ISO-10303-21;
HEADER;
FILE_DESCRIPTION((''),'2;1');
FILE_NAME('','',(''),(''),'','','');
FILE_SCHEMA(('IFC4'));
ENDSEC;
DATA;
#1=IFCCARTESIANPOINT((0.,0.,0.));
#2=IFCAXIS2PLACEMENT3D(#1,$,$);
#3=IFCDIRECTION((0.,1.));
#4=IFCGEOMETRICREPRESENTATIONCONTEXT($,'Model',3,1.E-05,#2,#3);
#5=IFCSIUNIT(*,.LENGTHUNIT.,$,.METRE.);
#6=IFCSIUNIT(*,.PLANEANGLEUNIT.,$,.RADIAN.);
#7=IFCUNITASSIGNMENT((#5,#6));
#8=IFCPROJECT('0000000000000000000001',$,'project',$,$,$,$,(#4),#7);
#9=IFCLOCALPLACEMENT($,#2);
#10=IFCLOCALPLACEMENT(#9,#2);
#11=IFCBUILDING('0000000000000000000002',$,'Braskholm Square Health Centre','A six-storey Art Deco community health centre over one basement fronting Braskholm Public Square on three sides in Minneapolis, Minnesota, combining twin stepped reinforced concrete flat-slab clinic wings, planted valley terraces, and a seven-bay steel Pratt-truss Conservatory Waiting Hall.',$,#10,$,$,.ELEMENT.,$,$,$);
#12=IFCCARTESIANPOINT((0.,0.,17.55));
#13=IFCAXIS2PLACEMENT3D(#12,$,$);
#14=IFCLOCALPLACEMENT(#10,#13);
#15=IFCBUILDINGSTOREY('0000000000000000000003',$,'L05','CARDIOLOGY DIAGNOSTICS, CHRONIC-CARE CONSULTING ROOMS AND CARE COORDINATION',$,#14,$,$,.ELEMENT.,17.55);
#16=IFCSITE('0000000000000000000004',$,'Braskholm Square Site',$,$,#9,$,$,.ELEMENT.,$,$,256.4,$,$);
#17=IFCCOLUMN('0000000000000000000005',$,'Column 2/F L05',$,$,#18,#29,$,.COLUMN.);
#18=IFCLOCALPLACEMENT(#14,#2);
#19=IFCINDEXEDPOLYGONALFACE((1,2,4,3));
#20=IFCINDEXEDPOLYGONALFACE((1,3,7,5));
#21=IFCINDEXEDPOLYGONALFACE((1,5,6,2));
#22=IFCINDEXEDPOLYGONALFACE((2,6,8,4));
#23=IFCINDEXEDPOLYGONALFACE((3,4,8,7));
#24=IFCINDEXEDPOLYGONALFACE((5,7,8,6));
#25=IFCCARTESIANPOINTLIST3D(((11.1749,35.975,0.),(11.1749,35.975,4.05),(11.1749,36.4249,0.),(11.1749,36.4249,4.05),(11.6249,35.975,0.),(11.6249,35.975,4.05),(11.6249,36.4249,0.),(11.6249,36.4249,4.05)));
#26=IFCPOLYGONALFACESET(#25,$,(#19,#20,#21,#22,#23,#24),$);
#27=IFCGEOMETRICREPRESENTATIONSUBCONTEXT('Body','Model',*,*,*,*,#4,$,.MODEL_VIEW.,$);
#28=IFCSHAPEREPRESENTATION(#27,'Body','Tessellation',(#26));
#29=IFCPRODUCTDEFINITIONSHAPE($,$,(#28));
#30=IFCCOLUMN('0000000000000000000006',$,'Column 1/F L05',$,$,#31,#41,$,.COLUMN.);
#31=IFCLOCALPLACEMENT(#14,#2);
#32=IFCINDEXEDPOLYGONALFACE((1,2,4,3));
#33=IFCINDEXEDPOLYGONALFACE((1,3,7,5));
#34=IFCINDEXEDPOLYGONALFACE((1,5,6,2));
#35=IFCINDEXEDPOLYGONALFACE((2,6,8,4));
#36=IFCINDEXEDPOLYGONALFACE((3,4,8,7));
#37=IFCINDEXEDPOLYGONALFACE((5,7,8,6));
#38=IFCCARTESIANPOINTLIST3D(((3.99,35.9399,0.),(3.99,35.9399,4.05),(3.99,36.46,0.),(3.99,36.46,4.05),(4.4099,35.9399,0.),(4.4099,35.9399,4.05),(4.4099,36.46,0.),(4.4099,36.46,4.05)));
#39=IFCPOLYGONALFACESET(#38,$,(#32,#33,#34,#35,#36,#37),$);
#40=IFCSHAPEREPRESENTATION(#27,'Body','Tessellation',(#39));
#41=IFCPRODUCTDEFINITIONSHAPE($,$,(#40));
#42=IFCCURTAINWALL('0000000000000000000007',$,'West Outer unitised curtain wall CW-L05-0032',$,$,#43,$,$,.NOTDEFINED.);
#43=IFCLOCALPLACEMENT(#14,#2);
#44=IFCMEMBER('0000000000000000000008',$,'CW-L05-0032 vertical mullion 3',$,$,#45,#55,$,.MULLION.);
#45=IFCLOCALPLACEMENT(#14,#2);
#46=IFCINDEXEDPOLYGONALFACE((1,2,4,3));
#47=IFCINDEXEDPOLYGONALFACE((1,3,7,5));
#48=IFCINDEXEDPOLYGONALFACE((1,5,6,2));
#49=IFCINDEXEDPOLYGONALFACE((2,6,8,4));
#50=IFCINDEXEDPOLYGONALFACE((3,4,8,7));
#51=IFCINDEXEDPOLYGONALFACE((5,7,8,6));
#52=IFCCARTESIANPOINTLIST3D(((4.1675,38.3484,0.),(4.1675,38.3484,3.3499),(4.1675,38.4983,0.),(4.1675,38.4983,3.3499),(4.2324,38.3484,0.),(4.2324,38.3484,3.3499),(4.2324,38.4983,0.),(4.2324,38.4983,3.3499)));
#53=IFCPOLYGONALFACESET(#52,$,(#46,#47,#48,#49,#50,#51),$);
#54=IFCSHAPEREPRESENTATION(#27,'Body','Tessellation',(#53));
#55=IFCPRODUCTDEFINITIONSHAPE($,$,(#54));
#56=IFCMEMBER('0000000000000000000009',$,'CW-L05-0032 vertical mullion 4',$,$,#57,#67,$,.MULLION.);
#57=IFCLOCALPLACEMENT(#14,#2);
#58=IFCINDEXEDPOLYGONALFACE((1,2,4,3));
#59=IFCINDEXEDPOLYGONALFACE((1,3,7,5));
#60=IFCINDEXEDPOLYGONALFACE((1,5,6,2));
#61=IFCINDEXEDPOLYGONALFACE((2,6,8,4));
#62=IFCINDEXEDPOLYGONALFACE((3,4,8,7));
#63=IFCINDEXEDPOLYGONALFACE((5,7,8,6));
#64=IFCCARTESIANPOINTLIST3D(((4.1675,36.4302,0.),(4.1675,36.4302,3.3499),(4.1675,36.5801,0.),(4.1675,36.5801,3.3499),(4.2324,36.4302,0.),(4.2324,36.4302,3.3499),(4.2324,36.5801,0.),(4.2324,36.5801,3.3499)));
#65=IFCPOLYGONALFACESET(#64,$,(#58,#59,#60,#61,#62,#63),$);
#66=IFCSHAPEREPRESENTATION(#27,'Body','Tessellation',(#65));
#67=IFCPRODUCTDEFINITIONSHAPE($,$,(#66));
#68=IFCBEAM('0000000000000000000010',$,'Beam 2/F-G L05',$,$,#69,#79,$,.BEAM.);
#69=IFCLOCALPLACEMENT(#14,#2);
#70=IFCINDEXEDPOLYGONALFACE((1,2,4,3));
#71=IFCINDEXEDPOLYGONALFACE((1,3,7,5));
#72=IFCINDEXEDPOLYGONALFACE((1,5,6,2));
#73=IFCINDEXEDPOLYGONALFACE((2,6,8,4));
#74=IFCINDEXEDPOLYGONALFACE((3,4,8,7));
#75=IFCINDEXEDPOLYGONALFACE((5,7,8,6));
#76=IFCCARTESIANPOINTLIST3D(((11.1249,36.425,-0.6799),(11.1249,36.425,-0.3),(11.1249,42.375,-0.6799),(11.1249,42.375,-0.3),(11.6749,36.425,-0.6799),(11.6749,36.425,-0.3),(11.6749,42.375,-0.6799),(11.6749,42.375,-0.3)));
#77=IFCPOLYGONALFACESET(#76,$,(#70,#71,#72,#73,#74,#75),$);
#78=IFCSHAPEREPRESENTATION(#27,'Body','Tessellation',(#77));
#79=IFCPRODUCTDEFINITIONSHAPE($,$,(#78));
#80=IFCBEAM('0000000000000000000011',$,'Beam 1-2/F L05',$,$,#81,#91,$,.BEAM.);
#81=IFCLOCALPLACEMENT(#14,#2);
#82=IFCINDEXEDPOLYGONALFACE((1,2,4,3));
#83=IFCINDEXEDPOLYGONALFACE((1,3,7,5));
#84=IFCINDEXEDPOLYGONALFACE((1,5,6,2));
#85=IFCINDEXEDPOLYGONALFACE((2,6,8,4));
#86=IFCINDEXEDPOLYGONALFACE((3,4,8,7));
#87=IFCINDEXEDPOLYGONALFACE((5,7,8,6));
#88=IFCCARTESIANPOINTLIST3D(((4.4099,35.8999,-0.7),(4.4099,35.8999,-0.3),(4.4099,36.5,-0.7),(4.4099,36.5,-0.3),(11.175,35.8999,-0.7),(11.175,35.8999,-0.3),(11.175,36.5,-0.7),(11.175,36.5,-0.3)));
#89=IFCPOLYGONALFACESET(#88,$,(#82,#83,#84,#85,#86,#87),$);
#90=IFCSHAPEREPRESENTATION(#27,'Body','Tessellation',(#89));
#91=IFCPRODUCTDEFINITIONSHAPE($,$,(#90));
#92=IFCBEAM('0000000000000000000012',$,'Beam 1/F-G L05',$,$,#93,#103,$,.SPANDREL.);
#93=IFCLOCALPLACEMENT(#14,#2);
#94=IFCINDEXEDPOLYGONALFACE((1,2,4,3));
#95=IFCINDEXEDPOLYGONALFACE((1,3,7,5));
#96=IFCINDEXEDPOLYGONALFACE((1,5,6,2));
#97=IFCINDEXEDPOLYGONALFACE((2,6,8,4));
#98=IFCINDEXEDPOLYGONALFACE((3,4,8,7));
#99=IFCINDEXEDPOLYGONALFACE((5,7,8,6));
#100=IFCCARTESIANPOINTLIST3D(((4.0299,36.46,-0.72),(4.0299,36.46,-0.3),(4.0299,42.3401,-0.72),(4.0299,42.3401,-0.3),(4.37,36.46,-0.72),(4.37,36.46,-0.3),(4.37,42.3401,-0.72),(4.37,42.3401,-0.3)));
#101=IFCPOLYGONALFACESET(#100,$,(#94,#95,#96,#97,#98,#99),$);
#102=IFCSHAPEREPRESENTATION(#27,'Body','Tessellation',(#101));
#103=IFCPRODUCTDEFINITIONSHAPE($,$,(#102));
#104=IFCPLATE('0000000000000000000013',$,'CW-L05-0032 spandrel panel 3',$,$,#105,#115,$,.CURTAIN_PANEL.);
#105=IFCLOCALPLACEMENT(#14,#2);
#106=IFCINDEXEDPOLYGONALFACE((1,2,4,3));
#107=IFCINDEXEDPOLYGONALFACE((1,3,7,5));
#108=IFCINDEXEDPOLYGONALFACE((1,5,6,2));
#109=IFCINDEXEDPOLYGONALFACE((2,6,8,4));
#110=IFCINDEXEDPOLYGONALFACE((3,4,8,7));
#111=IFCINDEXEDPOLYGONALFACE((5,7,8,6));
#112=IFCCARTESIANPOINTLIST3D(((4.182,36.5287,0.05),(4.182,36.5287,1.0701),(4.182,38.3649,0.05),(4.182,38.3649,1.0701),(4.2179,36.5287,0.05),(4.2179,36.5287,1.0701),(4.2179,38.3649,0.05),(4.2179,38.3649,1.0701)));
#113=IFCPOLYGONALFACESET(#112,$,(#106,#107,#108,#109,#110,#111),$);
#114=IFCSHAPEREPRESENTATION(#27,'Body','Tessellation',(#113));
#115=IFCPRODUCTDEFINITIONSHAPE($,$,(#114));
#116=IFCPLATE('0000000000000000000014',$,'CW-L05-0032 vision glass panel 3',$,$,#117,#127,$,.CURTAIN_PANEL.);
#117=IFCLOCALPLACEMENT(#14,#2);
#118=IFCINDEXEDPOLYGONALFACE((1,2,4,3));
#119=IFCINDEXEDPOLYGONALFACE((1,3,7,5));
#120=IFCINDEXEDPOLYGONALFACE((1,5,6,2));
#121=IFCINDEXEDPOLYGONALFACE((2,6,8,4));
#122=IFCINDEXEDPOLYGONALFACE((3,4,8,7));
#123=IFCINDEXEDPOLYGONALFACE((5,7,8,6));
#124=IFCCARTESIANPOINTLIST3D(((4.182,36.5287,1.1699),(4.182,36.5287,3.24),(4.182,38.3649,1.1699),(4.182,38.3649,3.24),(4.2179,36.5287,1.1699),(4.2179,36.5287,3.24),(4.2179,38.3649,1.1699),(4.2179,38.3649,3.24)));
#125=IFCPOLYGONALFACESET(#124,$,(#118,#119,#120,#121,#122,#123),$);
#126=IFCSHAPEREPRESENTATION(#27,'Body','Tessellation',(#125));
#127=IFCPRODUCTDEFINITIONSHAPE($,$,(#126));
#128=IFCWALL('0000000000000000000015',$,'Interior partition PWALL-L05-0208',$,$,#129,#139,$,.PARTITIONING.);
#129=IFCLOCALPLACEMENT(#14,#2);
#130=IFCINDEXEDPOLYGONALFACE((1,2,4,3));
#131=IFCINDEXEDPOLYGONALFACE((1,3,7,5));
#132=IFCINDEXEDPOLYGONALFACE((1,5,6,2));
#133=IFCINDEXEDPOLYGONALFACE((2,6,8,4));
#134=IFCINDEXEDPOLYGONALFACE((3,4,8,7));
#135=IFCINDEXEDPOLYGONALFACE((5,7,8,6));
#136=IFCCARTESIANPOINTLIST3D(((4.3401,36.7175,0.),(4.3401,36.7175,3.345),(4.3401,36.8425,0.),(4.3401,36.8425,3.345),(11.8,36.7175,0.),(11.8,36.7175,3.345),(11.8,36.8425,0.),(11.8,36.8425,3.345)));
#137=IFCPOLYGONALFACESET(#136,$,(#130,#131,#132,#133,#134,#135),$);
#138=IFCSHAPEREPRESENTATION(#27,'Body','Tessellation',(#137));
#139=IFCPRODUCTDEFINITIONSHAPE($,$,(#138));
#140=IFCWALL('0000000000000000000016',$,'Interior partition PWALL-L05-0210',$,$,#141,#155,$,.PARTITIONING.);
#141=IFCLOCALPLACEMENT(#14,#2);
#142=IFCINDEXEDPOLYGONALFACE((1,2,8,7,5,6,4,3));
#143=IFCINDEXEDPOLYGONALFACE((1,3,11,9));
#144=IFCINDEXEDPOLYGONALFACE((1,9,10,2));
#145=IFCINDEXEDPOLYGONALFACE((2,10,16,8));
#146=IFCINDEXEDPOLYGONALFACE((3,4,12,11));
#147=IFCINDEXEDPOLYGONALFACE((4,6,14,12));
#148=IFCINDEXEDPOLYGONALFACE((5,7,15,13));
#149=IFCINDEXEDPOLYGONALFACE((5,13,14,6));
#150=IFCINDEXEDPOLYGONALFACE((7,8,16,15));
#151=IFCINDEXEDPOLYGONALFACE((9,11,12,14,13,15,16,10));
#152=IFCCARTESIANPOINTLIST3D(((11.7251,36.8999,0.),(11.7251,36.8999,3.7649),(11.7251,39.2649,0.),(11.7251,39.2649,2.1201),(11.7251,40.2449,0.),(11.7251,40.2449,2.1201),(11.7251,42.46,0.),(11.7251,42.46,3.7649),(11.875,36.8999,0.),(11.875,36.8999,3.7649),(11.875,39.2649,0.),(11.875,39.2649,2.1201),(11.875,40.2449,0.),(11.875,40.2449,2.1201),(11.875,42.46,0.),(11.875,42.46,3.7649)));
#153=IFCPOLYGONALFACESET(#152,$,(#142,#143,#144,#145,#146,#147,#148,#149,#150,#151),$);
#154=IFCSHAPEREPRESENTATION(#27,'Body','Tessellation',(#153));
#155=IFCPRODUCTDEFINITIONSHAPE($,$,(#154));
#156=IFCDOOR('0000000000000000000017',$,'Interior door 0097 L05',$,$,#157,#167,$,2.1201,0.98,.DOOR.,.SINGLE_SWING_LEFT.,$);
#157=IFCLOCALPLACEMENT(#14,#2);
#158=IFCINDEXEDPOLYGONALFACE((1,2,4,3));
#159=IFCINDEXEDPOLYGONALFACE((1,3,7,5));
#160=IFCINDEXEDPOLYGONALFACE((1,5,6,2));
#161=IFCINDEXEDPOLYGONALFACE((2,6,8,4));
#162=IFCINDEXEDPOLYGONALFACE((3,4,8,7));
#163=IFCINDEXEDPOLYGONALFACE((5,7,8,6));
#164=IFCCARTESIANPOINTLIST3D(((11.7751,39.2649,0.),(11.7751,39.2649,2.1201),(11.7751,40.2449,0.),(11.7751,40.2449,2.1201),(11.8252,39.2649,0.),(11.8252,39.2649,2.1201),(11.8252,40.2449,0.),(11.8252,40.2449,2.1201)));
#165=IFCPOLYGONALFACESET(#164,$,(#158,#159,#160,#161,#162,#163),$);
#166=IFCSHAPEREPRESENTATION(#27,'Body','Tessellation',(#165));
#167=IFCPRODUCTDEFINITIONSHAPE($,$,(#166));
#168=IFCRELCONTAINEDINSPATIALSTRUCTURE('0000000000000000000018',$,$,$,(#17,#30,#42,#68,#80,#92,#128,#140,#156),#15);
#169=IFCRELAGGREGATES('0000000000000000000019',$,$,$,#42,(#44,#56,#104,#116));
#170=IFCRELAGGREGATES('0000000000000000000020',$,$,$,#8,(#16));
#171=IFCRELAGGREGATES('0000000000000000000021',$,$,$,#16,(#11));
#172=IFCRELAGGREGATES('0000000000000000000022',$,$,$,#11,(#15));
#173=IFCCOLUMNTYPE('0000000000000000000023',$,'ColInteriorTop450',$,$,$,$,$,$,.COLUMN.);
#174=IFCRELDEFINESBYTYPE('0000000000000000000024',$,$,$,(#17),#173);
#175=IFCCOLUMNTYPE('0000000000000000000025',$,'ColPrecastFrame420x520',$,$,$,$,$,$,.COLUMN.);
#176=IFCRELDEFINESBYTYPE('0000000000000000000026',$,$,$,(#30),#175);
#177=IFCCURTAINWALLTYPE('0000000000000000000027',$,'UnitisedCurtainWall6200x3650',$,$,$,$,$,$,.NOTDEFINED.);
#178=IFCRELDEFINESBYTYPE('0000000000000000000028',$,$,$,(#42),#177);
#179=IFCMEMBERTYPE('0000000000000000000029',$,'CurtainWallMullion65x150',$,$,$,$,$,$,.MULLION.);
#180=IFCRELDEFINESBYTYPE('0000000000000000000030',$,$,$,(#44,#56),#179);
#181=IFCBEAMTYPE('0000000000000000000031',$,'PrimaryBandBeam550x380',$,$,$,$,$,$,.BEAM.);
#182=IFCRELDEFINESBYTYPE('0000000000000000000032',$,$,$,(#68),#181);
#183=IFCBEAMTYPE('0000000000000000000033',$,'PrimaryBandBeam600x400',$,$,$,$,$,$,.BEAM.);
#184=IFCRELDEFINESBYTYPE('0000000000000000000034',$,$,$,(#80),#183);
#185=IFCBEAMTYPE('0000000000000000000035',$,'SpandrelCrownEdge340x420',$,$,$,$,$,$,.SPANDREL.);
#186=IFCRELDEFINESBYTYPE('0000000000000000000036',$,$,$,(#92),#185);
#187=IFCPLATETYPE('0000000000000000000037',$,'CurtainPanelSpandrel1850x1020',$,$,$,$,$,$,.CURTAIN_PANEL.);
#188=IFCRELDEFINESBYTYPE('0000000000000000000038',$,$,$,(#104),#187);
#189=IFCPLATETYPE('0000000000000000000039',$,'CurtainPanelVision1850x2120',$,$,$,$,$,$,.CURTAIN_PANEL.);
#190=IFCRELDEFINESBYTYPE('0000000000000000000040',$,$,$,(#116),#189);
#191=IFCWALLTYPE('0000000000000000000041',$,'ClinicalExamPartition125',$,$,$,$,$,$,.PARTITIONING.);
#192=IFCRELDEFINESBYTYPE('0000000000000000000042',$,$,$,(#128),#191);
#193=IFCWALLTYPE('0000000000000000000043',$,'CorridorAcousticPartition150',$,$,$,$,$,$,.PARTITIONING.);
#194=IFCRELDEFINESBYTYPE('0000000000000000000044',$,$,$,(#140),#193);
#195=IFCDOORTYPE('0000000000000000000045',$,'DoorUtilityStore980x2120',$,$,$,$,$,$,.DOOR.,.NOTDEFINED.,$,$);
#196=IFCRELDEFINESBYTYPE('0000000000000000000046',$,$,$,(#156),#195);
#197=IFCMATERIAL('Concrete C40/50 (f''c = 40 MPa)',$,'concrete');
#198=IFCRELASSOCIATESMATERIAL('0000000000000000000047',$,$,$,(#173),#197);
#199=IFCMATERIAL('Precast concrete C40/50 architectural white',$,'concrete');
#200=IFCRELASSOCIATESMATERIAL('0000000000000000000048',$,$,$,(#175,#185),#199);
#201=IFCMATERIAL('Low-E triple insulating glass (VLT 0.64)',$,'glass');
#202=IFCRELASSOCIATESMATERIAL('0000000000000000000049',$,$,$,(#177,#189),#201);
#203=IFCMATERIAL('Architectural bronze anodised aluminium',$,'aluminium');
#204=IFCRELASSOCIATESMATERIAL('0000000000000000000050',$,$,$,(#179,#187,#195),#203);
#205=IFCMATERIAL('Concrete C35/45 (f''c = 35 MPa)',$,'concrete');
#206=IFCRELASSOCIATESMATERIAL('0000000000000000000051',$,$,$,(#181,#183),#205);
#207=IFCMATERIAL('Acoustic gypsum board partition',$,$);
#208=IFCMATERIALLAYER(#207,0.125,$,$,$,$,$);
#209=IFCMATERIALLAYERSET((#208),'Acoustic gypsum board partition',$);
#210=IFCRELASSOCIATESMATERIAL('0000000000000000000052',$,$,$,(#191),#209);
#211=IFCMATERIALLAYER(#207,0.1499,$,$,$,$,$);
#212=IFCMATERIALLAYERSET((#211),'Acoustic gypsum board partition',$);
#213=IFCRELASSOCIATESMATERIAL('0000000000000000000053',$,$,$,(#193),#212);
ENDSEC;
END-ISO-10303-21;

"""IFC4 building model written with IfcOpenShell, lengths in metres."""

from ifc_helpers import new_model, si_unit, direction, frame, frame_2d, origin, origin_with_axes, origin_2d, place, context, subcontext, project, spatial, rectangle, extrude, material, layer, layer_set, material_profile, profile_set, type_object, element, fill, aggregate, save


model = new_model("IFC4")

# Units and contexts
model_context = context("Model", 3, precision=1e-05, world=origin(), true_north=direction((0.0, 1.0)))
body_context = subcontext(model_context, "Body", "Model", "MODEL_VIEW")
ifc_project = project(units=[si_unit("LENGTHUNIT", "METRE"), si_unit("PLANEANGLEUNIT", "RADIAN")], contexts=[model_context])

# Site, building, storey
site_placement = place(None, origin())
site = spatial("IfcSite", under=ifc_project, at=site_placement, Name="Braskholm Square Site", CompositionType="ELEMENT", RefElevation=256.4)
building_placement = place(site_placement, origin())
building = spatial("IfcBuilding", under=site, at=building_placement, Name="Braskholm Square Health Centre", Description="A six-storey Art Deco community health centre over one basement fronting Braskholm Public Square on three sides in Minneapolis, Minnesota, combining twin stepped reinforced concrete flat-slab clinic wings, planted valley terraces, and a seven-bay steel Pratt-truss Conservatory Waiting Hall.", CompositionType="ELEMENT")
storey_placement = place(building_placement, frame((0.0, 0.0, 17.55)))
storey = spatial("IfcBuildingStorey", under=building, at=storey_placement, Name="L05", Description="CARDIOLOGY DIAGNOSTICS, CHRONIC-CARE CONSULTING ROOMS AND CARE COORDINATION", CompositionType="ELEMENT", Elevation=17.55)

# Columns
ifc_material_1 = material(Name="Concrete C40/50 (f'c = 40 MPa)", Category="concrete")
ifc_material_profile_1 = material_profile(ifc_material_1, rectangle(XDim=0.45, YDim=0.45, at=origin_2d()), Name="RC-450X450")
ifc_profile_set_1 = profile_set([ifc_material_profile_1], Name="Concrete C40/50 (f'c = 40 MPa)")
column_type_1 = type_object("IfcColumnType", Name="ColInteriorTop450", PredefinedType="COLUMN", material=ifc_profile_set_1)
column_1_placement = place(storey_placement, frame((11.3999, 36.2, 0.0), z_axis=(0.0, 0.0, 1.0), x_axis=(1.0, 0.0, 0.0)))
element("IfcColumn", 1, at=column_1_placement, inside=storey, type_object=column_type_1, Name="Column 2/F L05", PredefinedType="COLUMN", context=body_context, shape_type="SweptSolid", body=[
    extrude(rectangle(XDim=0.45, YDim=0.45, at=origin_2d()), origin(), (0.0, 0.0, 1.0), 4.05),
])
ifc_material_2 = material(Name="Precast concrete C40/50 architectural white", Category="concrete")
ifc_material_profile_2 = material_profile(ifc_material_2, rectangle(XDim=0.4199, YDim=0.52, at=origin_2d()), Name="RC-420X520")
ifc_profile_set_2 = profile_set([ifc_material_profile_2], Name="Precast concrete C40/50 architectural white")
column_type_2 = type_object("IfcColumnType", Name="ColPrecastFrame420x520", PredefinedType="COLUMN", material=ifc_profile_set_2)
column_2_placement = place(storey_placement, frame((4.2, 36.2, 0.0), z_axis=(0.0, 0.0, 1.0), x_axis=(1.0, 0.0, 0.0)))
element("IfcColumn", 2, at=column_2_placement, inside=storey, type_object=column_type_2, Name="Column 1/F L05", PredefinedType="COLUMN", context=body_context, shape_type="SweptSolid", body=[
    extrude(rectangle(XDim=0.4199, YDim=0.52, at=origin_2d()), origin(), (0.0, 0.0, 1.0), 4.05),
])

# Curtain wall, members
ifc_material_3 = material(Name="Low-E triple insulating glass (VLT 0.64)", Category="glass")
curtain_wall_type = type_object("IfcCurtainWallType", Name="UnitisedCurtainWall6200x3650", PredefinedType="NOTDEFINED", material=ifc_material_3)
curtain_wall_placement = place(storey_placement, origin())
curtain_wall = element("IfcCurtainWall", 3, at=curtain_wall_placement, inside=storey, type_object=curtain_wall_type, Name="West Outer unitised curtain wall CW-L05-0032", PredefinedType="NOTDEFINED")
ifc_material_4 = material(Name="Architectural bronze anodised aluminium", Category="aluminium")
ifc_material_profile_3 = material_profile(ifc_material_4, rectangle(XDim=0.0649, YDim=0.1499, at=origin_2d()), Name="ALU-65X150")
ifc_profile_set_3 = profile_set([ifc_material_profile_3], Name="Architectural bronze anodised aluminium")
member_type = type_object("IfcMemberType", Name="CurtainWallMullion65x150", PredefinedType="MULLION", material=ifc_profile_set_3)
member_1_placement = place(storey_placement, frame((4.2, 38.4233, 0.0), z_axis=(0.0, 0.0, 1.0), x_axis=(1.0, 0.0, 0.0)))
member_1 = element("IfcMember", 4, at=member_1_placement, type_object=member_type, Name="CW-L05-0032 vertical mullion 3", PredefinedType="MULLION", context=body_context, shape_type="SweptSolid", body=[
    extrude(rectangle(XDim=0.0649, YDim=0.1499, at=origin_2d()), origin(), (0.0, 0.0, 1.0), 3.3499),
])
member_2_placement = place(storey_placement, frame((4.2, 36.5051, 0.0), z_axis=(0.0, 0.0, 1.0), x_axis=(1.0, 0.0, 0.0)))
member_2 = element("IfcMember", 5, at=member_2_placement, type_object=member_type, Name="CW-L05-0032 vertical mullion 4", PredefinedType="MULLION", context=body_context, shape_type="SweptSolid", body=[
    extrude(rectangle(XDim=0.0649, YDim=0.1499, at=origin_2d()), origin(), (0.0, 0.0, 1.0), 3.3499),
])

# Beams
ifc_material_5 = material(Name="Concrete C35/45 (f'c = 35 MPa)", Category="concrete")
ifc_material_profile_4 = material_profile(ifc_material_5, rectangle(XDim=0.55, YDim=0.3799, at=origin_2d()), Name="RCB-550X380")
ifc_profile_set_4 = profile_set([ifc_material_profile_4], Name="Concrete C35/45 (f'c = 35 MPa)")
beam_type_1 = type_object("IfcBeamType", Name="PrimaryBandBeam550x380", PredefinedType="BEAM", material=ifc_profile_set_4)
beam_1_placement = place(storey_placement, frame((11.3999, 36.425, -0.49), z_axis=(0.0, 1.0, 0.0), x_axis=(-1.0, 0.0, 0.0)))
element("IfcBeam", 6, at=beam_1_placement, inside=storey, type_object=beam_type_1, Name="Beam 2/F-G L05", PredefinedType="BEAM", context=body_context, shape_type="SweptSolid", body=[
    extrude(rectangle(XDim=0.55, YDim=0.3799, at=origin_2d()), origin(), (0.0, 0.0, 1.0), 5.95),
])
ifc_material_profile_5 = material_profile(ifc_material_5, rectangle(XDim=0.6001, YDim=0.3999, at=origin_2d()), Name="RCB-600X400")
ifc_profile_set_5 = profile_set([ifc_material_profile_5], Name="Concrete C35/45 (f'c = 35 MPa)")
beam_type_2 = type_object("IfcBeamType", Name="PrimaryBandBeam600x400", PredefinedType="BEAM", material=ifc_profile_set_5)
beam_2_placement = place(storey_placement, frame((4.4099, 36.2, -0.5), z_axis=(1.0, 0.0, 0.0), x_axis=(0.0, 1.0, 0.0)))
element("IfcBeam", 7, at=beam_2_placement, inside=storey, type_object=beam_type_2, Name="Beam 1-2/F L05", PredefinedType="BEAM", context=body_context, shape_type="SweptSolid", body=[
    extrude(rectangle(XDim=0.6001, YDim=0.3999, at=origin_2d()), origin(), (0.0, 0.0, 1.0), 6.7651),
])
ifc_material_profile_6 = material_profile(ifc_material_2, rectangle(XDim=0.3401, YDim=0.4199, at=origin_2d()), Name="RCB-340X420")
ifc_profile_set_6 = profile_set([ifc_material_profile_6], Name="Precast concrete C40/50 architectural white")
beam_type_3 = type_object("IfcBeamType", Name="SpandrelCrownEdge340x420", PredefinedType="SPANDREL", material=ifc_profile_set_6)
beam_3_placement = place(storey_placement, frame((4.2, 36.46, -0.51), z_axis=(0.0, 1.0, 0.0), x_axis=(-1.0, 0.0, 0.0)))
element("IfcBeam", 8, at=beam_3_placement, inside=storey, type_object=beam_type_3, Name="Beam 1/F-G L05", PredefinedType="SPANDREL", context=body_context, shape_type="SweptSolid", body=[
    extrude(rectangle(XDim=0.3401, YDim=0.4199, at=origin_2d()), origin(), (0.0, 0.0, 1.0), 5.8801),
])

# Plates
plate_type_1 = type_object("IfcPlateType", Name="CurtainPanelSpandrel1850x1020", PredefinedType="CURTAIN_PANEL", material=ifc_material_4)
plate_1_placement = place(storey_placement, frame((4.2, 37.4468, 0.05), z_axis=(0.0, 0.0, 1.0), x_axis=(0.0, -1.0, 0.0)))
plate_1 = element("IfcPlate", 9, at=plate_1_placement, type_object=plate_type_1, Name="CW-L05-0032 spandrel panel 3", PredefinedType="CURTAIN_PANEL", context=body_context, shape_type="SweptSolid", body=[
    extrude(rectangle(XDim=1.8362, YDim=0.0359, at=origin_2d()), origin(), (0.0, 0.0, 1.0), 1.02),
])
plate_type_2 = type_object("IfcPlateType", Name="CurtainPanelVision1850x2120", PredefinedType="CURTAIN_PANEL", material=ifc_material_3)
plate_2_placement = place(storey_placement, frame((4.2, 37.4468, 1.1699), z_axis=(0.0, 0.0, 1.0), x_axis=(0.0, -1.0, 0.0)))
plate_2 = element("IfcPlate", 10, at=plate_2_placement, type_object=plate_type_2, Name="CW-L05-0032 vision glass panel 3", PredefinedType="CURTAIN_PANEL", context=body_context, shape_type="SweptSolid", body=[
    extrude(rectangle(XDim=1.8362, YDim=0.0359, at=origin_2d()), origin(), (0.0, 0.0, 1.0), 2.0701),
])
aggregate(curtain_wall, [member_1, member_2, plate_1, plate_2])

# Wall
ifc_material_6 = material(Name="Acoustic gypsum board partition")
ifc_layer_1 = layer(ifc_material_6, 0.125)
ifc_layer_set_1 = layer_set([ifc_layer_1], Name="Acoustic gypsum board partition")
wall_type_1 = type_object("IfcWallType", Name="ClinicalExamPartition125", PredefinedType="PARTITIONING", material=ifc_layer_set_1)
wall_1_placement = place(storey_placement, frame((4.3401, 36.78, 0.0), z_axis=(0.0, 0.0, 1.0), x_axis=(1.0, 0.0, 0.0)))
element("IfcWall", 11, at=wall_1_placement, inside=storey, type_object=wall_type_1, Name="Interior partition PWALL-L05-0208", PredefinedType="PARTITIONING", context=body_context, shape_type="SweptSolid", body=[
    extrude(rectangle(XDim=7.46, YDim=0.125, at=frame_2d((3.73, 0.0))), origin(), (0.0, 0.0, 1.0), 3.345),
])

# Wall, opening, door
ifc_layer_2 = layer(ifc_material_6, 0.1499)
ifc_layer_set_2 = layer_set([ifc_layer_2], Name="Acoustic gypsum board partition")
wall_type_2 = type_object("IfcWallType", Name="CorridorAcousticPartition150", PredefinedType="PARTITIONING", material=ifc_layer_set_2)
wall_2_placement = place(storey_placement, frame((11.8, 36.8999, 0.0), z_axis=(0.0, 0.0, 1.0), x_axis=(0.0, 1.0, 0.0)))
wall_2 = element("IfcWall", 12, at=wall_2_placement, inside=storey, type_object=wall_type_2, Name="Interior partition PWALL-L05-0210", PredefinedType="PARTITIONING", context=body_context, shape_type="SweptSolid", body=[
    extrude(rectangle(XDim=5.5601, YDim=0.1499, at=frame_2d((2.78, 0.0))), origin(), (0.0, 0.0, 1.0), 3.7649),
])
opening_1_placement = place(wall_2_placement, frame((2.365, 0.0, 0.0)))
opening_1 = element("IfcOpeningElement", 13, at=opening_1_placement, cuts=wall_2, PredefinedType="OPENING", context=body_context, shape_type="SweptSolid", body=[
    extrude(rectangle(XDim=0.98, YDim=2.1201, at=frame_2d((0.49, 1.0601))), frame((0.0, 0.085, 0.0), z_axis=(0.0, -1.0, 0.0), x_axis=(1.0, 0.0, 0.0)), (0.0, 0.0, 1.0), 0.1699),
])
door_type = type_object("IfcDoorType", Name="DoorUtilityStore980x2120", OperationType="NOTDEFINED", PredefinedType="DOOR", material=ifc_material_4)
door_placement = place(opening_1_placement, origin_with_axes())
door = element("IfcDoor", 14, at=door_placement, inside=storey, type_object=door_type, Name="Interior door 0097 L05", OperationType="SINGLE_SWING_LEFT", OverallHeight=2.1201, OverallWidth=0.98, PredefinedType="DOOR", context=body_context, shape_type="SweptSolid", body=[
    extrude(rectangle(XDim=0.98, YDim=2.1201, at=frame_2d((0.49, 1.0601))), frame((0.0, 0.0249, 0.0), z_axis=(0.0, -1.0, 0.0), x_axis=(1.0, 0.0, 0.0)), (0.0, 0.0, 1.0), 0.05),
])
fill(opening_1, door)

save(model, "model.ifc")
